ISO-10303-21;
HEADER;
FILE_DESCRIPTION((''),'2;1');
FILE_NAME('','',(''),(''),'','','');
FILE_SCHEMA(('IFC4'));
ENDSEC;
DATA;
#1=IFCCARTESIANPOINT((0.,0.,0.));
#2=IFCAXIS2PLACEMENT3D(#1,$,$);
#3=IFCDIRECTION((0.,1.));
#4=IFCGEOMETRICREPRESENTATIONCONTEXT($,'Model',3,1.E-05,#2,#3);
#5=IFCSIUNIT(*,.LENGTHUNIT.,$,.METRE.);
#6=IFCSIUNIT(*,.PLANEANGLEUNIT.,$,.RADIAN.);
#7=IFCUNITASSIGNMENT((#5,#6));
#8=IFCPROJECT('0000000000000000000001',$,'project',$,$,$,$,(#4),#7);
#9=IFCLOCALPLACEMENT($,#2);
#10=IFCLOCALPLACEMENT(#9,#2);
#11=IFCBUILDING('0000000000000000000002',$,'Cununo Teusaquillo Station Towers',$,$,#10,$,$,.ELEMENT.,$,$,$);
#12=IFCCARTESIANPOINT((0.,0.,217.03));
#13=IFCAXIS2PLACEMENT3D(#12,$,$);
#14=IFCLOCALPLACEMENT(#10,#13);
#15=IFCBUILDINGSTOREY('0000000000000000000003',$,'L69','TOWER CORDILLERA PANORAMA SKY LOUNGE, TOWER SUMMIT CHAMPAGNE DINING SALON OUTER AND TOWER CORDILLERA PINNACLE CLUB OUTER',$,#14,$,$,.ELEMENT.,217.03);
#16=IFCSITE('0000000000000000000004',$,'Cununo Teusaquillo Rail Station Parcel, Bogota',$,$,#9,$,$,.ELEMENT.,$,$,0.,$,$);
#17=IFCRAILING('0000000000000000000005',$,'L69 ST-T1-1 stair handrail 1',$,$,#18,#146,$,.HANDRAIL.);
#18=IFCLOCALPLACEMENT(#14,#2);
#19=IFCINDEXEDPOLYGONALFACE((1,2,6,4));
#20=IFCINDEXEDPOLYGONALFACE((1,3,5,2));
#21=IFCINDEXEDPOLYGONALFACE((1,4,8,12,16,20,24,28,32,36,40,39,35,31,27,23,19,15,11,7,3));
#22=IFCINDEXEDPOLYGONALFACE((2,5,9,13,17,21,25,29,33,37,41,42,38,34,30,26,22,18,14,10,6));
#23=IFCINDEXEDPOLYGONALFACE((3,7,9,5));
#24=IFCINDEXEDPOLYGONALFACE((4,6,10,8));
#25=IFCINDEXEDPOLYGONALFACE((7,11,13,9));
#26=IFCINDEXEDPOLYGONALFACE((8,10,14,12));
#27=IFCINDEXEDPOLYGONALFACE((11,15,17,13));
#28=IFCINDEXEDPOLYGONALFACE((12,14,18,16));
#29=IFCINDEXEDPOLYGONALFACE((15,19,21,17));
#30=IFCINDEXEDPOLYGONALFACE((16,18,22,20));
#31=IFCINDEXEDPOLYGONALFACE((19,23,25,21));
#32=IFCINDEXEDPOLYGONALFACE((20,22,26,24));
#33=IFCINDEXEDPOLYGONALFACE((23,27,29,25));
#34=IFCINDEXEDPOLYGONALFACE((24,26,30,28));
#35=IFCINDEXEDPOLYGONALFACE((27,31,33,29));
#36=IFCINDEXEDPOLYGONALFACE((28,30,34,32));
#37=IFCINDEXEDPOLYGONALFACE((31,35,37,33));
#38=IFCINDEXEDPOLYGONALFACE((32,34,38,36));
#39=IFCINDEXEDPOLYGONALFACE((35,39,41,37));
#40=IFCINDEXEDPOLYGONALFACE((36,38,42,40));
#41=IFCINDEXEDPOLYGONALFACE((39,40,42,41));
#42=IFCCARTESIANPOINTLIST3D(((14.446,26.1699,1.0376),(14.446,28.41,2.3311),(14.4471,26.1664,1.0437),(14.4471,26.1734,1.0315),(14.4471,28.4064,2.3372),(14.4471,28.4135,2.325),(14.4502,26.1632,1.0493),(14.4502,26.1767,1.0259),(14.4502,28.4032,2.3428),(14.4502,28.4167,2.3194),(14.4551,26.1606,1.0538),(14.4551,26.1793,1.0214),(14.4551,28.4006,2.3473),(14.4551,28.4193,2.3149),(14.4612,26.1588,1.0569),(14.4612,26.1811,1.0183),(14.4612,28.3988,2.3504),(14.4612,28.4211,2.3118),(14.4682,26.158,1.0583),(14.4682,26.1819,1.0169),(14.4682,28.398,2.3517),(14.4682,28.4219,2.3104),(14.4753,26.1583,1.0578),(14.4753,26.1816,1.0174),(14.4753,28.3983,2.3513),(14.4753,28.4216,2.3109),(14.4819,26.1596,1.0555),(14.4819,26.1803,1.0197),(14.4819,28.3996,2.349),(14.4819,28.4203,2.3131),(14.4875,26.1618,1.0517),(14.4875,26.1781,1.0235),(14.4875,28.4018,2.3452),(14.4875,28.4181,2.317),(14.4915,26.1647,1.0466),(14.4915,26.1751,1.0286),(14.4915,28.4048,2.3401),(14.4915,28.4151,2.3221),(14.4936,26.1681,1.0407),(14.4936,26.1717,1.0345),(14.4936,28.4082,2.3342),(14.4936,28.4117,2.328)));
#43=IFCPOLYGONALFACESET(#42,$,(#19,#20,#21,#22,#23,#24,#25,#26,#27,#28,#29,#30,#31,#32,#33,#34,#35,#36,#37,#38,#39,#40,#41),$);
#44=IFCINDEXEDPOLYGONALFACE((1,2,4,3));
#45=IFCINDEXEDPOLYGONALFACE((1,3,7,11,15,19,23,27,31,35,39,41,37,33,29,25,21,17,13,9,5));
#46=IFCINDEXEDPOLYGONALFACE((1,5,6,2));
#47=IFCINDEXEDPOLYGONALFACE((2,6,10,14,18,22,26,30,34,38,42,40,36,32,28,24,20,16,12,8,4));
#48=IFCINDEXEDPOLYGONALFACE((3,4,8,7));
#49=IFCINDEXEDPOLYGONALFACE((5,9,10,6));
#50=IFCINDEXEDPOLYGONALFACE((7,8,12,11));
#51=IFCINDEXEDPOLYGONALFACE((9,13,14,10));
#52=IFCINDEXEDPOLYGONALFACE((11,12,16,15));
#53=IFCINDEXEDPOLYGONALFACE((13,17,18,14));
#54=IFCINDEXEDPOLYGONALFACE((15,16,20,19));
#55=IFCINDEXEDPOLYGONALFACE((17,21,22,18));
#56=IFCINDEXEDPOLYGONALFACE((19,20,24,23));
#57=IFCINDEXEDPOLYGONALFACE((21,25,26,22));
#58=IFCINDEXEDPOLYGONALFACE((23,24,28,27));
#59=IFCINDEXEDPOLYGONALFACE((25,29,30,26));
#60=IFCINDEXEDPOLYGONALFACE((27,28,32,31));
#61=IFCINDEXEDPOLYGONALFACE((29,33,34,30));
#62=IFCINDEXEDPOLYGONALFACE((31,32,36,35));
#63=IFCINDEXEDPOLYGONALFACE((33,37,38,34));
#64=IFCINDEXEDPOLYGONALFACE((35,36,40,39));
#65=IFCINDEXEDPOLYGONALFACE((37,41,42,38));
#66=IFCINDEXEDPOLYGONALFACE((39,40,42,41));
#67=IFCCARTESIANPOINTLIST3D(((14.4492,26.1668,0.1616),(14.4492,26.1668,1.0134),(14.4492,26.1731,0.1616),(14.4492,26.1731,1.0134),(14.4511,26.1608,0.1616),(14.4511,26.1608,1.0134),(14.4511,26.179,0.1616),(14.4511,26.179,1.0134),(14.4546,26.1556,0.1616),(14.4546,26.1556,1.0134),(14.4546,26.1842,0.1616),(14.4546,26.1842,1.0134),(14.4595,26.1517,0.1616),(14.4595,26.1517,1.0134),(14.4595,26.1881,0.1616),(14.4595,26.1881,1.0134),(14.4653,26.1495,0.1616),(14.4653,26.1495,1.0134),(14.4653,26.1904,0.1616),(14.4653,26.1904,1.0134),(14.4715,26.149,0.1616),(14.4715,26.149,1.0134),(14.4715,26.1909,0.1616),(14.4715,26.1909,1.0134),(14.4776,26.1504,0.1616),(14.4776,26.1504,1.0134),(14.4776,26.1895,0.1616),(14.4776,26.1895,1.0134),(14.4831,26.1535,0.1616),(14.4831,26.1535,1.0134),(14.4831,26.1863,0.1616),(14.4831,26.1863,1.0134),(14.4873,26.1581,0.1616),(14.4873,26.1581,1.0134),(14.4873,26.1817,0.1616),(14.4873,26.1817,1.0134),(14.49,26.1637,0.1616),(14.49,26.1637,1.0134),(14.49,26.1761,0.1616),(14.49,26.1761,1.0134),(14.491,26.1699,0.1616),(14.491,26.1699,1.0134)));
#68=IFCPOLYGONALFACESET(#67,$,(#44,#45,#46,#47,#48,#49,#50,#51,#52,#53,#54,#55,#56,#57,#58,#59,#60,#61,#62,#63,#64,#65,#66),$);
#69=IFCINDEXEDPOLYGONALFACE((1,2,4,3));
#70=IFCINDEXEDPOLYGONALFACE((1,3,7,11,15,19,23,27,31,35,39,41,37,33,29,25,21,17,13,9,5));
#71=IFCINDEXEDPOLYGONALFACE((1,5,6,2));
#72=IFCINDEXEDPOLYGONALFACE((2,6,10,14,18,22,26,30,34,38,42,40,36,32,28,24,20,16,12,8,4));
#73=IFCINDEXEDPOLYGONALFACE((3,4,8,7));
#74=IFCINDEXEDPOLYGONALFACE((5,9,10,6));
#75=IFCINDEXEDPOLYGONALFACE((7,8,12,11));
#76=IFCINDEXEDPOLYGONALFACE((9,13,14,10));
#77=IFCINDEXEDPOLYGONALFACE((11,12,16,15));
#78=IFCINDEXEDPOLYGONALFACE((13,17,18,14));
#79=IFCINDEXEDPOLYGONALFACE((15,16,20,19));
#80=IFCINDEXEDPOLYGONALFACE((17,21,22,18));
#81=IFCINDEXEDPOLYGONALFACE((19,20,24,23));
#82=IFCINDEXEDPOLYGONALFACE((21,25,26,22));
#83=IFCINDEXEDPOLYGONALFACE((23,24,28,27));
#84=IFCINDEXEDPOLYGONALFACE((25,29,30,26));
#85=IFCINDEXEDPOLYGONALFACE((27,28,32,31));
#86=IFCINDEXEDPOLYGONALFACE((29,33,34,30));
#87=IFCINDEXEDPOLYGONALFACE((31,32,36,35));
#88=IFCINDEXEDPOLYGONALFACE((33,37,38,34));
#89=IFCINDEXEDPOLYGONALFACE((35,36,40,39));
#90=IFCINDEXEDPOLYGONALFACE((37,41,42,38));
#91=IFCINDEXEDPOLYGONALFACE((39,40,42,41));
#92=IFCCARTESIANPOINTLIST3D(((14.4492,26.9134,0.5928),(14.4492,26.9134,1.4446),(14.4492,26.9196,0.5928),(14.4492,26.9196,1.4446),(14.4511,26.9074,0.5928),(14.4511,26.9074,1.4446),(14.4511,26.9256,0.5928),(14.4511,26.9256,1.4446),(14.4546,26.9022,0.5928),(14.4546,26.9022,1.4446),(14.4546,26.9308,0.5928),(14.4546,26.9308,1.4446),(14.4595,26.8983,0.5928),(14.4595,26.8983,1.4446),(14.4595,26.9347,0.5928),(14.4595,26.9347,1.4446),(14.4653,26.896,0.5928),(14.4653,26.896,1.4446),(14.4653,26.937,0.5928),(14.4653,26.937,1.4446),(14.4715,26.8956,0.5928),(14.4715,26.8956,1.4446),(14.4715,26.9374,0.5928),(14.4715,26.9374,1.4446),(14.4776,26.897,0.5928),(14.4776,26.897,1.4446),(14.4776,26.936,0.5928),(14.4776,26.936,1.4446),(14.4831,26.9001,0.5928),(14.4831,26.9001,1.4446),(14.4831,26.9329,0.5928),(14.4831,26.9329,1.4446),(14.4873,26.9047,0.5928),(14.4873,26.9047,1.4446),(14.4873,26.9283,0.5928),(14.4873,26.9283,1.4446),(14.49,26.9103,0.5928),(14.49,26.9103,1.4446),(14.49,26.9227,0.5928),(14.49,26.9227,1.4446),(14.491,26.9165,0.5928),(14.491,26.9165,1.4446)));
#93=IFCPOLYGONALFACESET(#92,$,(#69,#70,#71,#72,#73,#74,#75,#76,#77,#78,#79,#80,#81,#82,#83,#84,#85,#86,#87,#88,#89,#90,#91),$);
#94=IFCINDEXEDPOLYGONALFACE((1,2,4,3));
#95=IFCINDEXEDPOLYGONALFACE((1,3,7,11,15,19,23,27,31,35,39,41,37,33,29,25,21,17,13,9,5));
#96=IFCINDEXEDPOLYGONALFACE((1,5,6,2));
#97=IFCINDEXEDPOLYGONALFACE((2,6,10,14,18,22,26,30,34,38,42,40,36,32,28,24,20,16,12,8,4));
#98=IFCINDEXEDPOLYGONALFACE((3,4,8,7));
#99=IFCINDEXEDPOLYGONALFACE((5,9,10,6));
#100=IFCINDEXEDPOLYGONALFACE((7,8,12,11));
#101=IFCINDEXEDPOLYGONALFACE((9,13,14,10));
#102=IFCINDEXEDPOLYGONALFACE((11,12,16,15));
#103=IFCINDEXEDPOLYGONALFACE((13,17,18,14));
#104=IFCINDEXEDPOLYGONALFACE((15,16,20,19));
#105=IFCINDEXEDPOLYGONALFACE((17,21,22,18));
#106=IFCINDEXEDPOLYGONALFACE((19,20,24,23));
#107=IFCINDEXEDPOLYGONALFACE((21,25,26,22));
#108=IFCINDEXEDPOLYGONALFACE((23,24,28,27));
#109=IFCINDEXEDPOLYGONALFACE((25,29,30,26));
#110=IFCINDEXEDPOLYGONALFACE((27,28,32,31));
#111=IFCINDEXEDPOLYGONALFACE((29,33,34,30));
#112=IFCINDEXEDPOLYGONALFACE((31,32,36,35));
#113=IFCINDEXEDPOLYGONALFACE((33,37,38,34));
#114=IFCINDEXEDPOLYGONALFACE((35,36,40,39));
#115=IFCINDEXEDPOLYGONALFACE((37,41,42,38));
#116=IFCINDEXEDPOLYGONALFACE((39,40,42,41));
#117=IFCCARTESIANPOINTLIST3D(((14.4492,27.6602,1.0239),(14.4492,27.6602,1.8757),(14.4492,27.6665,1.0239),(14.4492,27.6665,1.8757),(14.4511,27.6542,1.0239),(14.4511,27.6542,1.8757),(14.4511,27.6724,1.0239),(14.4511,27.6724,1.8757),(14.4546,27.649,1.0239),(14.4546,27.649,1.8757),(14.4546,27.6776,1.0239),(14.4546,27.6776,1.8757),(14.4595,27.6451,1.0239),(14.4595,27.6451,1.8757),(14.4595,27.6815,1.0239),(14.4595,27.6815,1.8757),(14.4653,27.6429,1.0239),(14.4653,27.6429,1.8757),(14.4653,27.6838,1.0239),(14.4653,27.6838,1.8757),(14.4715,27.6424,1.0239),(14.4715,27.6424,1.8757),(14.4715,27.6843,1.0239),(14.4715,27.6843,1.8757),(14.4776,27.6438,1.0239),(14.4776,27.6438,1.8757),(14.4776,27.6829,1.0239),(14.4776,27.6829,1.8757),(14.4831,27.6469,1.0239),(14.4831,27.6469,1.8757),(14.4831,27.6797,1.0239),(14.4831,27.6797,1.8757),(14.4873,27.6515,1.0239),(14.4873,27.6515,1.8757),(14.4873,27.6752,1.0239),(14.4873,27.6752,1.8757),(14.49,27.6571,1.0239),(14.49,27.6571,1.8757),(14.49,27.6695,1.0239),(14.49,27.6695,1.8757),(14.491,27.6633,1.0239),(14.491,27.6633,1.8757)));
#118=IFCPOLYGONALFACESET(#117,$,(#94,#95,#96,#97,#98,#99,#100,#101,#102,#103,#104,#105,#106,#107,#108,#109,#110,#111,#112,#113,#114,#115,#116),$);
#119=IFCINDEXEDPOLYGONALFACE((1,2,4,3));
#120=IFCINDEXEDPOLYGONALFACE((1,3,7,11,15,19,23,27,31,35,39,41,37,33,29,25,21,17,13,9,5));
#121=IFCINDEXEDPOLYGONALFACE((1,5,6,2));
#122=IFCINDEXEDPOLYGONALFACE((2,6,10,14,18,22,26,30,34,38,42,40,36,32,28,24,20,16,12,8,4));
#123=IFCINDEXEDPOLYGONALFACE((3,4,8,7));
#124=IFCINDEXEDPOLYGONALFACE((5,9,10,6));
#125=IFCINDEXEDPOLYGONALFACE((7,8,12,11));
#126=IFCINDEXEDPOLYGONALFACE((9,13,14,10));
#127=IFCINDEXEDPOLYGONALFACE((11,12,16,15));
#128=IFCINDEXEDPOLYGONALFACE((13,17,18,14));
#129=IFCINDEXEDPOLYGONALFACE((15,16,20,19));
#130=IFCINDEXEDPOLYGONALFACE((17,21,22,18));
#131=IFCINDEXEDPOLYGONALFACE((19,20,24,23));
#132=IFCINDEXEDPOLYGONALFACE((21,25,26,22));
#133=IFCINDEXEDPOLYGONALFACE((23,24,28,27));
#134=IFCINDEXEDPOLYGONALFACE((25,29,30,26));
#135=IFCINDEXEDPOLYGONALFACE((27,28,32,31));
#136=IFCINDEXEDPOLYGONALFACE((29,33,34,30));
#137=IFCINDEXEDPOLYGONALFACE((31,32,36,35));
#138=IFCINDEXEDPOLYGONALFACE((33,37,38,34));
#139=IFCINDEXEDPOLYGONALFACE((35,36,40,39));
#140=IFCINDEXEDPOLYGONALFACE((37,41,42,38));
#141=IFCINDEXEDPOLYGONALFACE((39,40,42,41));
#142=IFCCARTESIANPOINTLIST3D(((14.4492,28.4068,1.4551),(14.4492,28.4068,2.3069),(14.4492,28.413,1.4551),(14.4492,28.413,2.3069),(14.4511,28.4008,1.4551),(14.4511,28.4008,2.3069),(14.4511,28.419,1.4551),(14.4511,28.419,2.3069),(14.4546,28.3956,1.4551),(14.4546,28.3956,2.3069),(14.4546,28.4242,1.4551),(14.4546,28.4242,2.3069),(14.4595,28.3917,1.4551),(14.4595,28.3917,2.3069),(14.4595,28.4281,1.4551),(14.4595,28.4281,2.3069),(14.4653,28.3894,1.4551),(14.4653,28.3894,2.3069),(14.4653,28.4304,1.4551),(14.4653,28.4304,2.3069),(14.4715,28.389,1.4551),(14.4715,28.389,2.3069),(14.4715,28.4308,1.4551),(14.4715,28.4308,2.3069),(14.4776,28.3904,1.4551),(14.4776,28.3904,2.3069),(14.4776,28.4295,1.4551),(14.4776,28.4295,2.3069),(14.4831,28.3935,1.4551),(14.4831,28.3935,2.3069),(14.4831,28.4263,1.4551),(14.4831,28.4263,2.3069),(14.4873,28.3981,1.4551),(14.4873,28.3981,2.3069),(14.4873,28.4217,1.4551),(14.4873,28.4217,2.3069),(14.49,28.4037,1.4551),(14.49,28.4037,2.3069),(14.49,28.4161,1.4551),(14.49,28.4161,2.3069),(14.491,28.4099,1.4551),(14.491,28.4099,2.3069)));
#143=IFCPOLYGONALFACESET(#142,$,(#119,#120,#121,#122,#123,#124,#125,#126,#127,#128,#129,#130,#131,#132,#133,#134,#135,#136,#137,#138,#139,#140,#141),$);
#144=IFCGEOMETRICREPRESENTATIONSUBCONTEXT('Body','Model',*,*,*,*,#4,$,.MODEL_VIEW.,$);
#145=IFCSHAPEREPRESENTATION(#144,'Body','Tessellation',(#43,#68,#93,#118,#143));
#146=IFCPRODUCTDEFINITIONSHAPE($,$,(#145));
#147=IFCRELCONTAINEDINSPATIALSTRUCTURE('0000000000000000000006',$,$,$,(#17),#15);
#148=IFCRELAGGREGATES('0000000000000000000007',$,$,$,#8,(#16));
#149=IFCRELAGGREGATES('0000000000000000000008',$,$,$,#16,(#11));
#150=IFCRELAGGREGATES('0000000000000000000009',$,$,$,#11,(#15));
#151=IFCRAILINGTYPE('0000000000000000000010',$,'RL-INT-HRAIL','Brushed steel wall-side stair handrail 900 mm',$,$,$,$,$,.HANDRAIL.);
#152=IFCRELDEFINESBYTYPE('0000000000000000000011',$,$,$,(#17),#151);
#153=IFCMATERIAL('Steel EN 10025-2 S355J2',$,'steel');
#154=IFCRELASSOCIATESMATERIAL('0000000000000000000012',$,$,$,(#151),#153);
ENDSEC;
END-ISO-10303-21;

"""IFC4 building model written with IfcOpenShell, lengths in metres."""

from ifc_helpers import new_model, si_unit, direction, frame, origin, origin_2d, place, context, subcontext, project, spatial, circle, extrude, material, type_object, element, save


model = new_model("IFC4")

# Units and contexts
model_context = context("Model", 3, precision=1e-05, world=origin(), true_north=direction((0.0, 1.0)))
body_context = subcontext(model_context, "Body", "Model", "MODEL_VIEW")
ifc_project = project(units=[si_unit("LENGTHUNIT", "METRE"), si_unit("PLANEANGLEUNIT", "RADIAN")], contexts=[model_context])

# Site, building, storey
site_placement = place(None, origin())
site = spatial("IfcSite", under=ifc_project, at=site_placement, Name="Cununo Teusaquillo Rail Station Parcel, Bogota", CompositionType="ELEMENT", RefElevation=0.0)
building_placement = place(site_placement, origin())
building = spatial("IfcBuilding", under=site, at=building_placement, Name="Cununo Teusaquillo Station Towers", CompositionType="ELEMENT")
storey_placement = place(building_placement, frame((0.0, 0.0, 217.03)))
storey = spatial("IfcBuildingStorey", under=building, at=storey_placement, Name="L69", Description="TOWER CORDILLERA PANORAMA SKY LOUNGE, TOWER SUMMIT CHAMPAGNE DINING SALON OUTER AND TOWER CORDILLERA PINNACLE CLUB OUTER", CompositionType="ELEMENT", Elevation=217.03)

# Railing
ifc_material_1 = material(Name="Steel EN 10025-2 S355J2", Category="steel")
railing_type_1 = type_object("IfcRailingType", Name="RL-INT-HRAIL", Description="Brushed steel wall-side stair handrail 900 mm", PredefinedType="HANDRAIL", material=ifc_material_1)
railing_1_placement = place(storey_placement, frame((14.47, 26.1699, 0.1616)))
element("IfcRailing", 1, at=railing_1_placement, inside=storey, type_object=railing_type_1, Name="L69 ST-T1-1 stair handrail 1", PredefinedType="HANDRAIL", context=body_context, shape_type="SweptSolid", body=[
    extrude(circle(Radius=0.0239, at=origin_2d()), frame((0.0, 0.0, 0.876), z_axis=(0.0, 0.865992, 0.500057), x_axis=(-1.0, 0.0, 0.0)), (0.0, 0.0, 1.0), 2.5867),
    extrude(circle(Radius=0.021, at=origin_2d()), origin(), (0.0, 0.0, 1.0), 0.8518),
    extrude(circle(Radius=0.021, at=origin_2d()), frame((0.0, 0.7466, 0.4312)), (0.0, 0.0, 1.0), 0.8518),
    extrude(circle(Radius=0.021, at=origin_2d()), frame((0.0, 1.4934, 0.8623)), (0.0, 0.0, 1.0), 0.8518),
    extrude(circle(Radius=0.021, at=origin_2d()), frame((0.0, 2.24, 1.2935)), (0.0, 0.0, 1.0), 0.8518),
])

save(model, "model.ifc")
